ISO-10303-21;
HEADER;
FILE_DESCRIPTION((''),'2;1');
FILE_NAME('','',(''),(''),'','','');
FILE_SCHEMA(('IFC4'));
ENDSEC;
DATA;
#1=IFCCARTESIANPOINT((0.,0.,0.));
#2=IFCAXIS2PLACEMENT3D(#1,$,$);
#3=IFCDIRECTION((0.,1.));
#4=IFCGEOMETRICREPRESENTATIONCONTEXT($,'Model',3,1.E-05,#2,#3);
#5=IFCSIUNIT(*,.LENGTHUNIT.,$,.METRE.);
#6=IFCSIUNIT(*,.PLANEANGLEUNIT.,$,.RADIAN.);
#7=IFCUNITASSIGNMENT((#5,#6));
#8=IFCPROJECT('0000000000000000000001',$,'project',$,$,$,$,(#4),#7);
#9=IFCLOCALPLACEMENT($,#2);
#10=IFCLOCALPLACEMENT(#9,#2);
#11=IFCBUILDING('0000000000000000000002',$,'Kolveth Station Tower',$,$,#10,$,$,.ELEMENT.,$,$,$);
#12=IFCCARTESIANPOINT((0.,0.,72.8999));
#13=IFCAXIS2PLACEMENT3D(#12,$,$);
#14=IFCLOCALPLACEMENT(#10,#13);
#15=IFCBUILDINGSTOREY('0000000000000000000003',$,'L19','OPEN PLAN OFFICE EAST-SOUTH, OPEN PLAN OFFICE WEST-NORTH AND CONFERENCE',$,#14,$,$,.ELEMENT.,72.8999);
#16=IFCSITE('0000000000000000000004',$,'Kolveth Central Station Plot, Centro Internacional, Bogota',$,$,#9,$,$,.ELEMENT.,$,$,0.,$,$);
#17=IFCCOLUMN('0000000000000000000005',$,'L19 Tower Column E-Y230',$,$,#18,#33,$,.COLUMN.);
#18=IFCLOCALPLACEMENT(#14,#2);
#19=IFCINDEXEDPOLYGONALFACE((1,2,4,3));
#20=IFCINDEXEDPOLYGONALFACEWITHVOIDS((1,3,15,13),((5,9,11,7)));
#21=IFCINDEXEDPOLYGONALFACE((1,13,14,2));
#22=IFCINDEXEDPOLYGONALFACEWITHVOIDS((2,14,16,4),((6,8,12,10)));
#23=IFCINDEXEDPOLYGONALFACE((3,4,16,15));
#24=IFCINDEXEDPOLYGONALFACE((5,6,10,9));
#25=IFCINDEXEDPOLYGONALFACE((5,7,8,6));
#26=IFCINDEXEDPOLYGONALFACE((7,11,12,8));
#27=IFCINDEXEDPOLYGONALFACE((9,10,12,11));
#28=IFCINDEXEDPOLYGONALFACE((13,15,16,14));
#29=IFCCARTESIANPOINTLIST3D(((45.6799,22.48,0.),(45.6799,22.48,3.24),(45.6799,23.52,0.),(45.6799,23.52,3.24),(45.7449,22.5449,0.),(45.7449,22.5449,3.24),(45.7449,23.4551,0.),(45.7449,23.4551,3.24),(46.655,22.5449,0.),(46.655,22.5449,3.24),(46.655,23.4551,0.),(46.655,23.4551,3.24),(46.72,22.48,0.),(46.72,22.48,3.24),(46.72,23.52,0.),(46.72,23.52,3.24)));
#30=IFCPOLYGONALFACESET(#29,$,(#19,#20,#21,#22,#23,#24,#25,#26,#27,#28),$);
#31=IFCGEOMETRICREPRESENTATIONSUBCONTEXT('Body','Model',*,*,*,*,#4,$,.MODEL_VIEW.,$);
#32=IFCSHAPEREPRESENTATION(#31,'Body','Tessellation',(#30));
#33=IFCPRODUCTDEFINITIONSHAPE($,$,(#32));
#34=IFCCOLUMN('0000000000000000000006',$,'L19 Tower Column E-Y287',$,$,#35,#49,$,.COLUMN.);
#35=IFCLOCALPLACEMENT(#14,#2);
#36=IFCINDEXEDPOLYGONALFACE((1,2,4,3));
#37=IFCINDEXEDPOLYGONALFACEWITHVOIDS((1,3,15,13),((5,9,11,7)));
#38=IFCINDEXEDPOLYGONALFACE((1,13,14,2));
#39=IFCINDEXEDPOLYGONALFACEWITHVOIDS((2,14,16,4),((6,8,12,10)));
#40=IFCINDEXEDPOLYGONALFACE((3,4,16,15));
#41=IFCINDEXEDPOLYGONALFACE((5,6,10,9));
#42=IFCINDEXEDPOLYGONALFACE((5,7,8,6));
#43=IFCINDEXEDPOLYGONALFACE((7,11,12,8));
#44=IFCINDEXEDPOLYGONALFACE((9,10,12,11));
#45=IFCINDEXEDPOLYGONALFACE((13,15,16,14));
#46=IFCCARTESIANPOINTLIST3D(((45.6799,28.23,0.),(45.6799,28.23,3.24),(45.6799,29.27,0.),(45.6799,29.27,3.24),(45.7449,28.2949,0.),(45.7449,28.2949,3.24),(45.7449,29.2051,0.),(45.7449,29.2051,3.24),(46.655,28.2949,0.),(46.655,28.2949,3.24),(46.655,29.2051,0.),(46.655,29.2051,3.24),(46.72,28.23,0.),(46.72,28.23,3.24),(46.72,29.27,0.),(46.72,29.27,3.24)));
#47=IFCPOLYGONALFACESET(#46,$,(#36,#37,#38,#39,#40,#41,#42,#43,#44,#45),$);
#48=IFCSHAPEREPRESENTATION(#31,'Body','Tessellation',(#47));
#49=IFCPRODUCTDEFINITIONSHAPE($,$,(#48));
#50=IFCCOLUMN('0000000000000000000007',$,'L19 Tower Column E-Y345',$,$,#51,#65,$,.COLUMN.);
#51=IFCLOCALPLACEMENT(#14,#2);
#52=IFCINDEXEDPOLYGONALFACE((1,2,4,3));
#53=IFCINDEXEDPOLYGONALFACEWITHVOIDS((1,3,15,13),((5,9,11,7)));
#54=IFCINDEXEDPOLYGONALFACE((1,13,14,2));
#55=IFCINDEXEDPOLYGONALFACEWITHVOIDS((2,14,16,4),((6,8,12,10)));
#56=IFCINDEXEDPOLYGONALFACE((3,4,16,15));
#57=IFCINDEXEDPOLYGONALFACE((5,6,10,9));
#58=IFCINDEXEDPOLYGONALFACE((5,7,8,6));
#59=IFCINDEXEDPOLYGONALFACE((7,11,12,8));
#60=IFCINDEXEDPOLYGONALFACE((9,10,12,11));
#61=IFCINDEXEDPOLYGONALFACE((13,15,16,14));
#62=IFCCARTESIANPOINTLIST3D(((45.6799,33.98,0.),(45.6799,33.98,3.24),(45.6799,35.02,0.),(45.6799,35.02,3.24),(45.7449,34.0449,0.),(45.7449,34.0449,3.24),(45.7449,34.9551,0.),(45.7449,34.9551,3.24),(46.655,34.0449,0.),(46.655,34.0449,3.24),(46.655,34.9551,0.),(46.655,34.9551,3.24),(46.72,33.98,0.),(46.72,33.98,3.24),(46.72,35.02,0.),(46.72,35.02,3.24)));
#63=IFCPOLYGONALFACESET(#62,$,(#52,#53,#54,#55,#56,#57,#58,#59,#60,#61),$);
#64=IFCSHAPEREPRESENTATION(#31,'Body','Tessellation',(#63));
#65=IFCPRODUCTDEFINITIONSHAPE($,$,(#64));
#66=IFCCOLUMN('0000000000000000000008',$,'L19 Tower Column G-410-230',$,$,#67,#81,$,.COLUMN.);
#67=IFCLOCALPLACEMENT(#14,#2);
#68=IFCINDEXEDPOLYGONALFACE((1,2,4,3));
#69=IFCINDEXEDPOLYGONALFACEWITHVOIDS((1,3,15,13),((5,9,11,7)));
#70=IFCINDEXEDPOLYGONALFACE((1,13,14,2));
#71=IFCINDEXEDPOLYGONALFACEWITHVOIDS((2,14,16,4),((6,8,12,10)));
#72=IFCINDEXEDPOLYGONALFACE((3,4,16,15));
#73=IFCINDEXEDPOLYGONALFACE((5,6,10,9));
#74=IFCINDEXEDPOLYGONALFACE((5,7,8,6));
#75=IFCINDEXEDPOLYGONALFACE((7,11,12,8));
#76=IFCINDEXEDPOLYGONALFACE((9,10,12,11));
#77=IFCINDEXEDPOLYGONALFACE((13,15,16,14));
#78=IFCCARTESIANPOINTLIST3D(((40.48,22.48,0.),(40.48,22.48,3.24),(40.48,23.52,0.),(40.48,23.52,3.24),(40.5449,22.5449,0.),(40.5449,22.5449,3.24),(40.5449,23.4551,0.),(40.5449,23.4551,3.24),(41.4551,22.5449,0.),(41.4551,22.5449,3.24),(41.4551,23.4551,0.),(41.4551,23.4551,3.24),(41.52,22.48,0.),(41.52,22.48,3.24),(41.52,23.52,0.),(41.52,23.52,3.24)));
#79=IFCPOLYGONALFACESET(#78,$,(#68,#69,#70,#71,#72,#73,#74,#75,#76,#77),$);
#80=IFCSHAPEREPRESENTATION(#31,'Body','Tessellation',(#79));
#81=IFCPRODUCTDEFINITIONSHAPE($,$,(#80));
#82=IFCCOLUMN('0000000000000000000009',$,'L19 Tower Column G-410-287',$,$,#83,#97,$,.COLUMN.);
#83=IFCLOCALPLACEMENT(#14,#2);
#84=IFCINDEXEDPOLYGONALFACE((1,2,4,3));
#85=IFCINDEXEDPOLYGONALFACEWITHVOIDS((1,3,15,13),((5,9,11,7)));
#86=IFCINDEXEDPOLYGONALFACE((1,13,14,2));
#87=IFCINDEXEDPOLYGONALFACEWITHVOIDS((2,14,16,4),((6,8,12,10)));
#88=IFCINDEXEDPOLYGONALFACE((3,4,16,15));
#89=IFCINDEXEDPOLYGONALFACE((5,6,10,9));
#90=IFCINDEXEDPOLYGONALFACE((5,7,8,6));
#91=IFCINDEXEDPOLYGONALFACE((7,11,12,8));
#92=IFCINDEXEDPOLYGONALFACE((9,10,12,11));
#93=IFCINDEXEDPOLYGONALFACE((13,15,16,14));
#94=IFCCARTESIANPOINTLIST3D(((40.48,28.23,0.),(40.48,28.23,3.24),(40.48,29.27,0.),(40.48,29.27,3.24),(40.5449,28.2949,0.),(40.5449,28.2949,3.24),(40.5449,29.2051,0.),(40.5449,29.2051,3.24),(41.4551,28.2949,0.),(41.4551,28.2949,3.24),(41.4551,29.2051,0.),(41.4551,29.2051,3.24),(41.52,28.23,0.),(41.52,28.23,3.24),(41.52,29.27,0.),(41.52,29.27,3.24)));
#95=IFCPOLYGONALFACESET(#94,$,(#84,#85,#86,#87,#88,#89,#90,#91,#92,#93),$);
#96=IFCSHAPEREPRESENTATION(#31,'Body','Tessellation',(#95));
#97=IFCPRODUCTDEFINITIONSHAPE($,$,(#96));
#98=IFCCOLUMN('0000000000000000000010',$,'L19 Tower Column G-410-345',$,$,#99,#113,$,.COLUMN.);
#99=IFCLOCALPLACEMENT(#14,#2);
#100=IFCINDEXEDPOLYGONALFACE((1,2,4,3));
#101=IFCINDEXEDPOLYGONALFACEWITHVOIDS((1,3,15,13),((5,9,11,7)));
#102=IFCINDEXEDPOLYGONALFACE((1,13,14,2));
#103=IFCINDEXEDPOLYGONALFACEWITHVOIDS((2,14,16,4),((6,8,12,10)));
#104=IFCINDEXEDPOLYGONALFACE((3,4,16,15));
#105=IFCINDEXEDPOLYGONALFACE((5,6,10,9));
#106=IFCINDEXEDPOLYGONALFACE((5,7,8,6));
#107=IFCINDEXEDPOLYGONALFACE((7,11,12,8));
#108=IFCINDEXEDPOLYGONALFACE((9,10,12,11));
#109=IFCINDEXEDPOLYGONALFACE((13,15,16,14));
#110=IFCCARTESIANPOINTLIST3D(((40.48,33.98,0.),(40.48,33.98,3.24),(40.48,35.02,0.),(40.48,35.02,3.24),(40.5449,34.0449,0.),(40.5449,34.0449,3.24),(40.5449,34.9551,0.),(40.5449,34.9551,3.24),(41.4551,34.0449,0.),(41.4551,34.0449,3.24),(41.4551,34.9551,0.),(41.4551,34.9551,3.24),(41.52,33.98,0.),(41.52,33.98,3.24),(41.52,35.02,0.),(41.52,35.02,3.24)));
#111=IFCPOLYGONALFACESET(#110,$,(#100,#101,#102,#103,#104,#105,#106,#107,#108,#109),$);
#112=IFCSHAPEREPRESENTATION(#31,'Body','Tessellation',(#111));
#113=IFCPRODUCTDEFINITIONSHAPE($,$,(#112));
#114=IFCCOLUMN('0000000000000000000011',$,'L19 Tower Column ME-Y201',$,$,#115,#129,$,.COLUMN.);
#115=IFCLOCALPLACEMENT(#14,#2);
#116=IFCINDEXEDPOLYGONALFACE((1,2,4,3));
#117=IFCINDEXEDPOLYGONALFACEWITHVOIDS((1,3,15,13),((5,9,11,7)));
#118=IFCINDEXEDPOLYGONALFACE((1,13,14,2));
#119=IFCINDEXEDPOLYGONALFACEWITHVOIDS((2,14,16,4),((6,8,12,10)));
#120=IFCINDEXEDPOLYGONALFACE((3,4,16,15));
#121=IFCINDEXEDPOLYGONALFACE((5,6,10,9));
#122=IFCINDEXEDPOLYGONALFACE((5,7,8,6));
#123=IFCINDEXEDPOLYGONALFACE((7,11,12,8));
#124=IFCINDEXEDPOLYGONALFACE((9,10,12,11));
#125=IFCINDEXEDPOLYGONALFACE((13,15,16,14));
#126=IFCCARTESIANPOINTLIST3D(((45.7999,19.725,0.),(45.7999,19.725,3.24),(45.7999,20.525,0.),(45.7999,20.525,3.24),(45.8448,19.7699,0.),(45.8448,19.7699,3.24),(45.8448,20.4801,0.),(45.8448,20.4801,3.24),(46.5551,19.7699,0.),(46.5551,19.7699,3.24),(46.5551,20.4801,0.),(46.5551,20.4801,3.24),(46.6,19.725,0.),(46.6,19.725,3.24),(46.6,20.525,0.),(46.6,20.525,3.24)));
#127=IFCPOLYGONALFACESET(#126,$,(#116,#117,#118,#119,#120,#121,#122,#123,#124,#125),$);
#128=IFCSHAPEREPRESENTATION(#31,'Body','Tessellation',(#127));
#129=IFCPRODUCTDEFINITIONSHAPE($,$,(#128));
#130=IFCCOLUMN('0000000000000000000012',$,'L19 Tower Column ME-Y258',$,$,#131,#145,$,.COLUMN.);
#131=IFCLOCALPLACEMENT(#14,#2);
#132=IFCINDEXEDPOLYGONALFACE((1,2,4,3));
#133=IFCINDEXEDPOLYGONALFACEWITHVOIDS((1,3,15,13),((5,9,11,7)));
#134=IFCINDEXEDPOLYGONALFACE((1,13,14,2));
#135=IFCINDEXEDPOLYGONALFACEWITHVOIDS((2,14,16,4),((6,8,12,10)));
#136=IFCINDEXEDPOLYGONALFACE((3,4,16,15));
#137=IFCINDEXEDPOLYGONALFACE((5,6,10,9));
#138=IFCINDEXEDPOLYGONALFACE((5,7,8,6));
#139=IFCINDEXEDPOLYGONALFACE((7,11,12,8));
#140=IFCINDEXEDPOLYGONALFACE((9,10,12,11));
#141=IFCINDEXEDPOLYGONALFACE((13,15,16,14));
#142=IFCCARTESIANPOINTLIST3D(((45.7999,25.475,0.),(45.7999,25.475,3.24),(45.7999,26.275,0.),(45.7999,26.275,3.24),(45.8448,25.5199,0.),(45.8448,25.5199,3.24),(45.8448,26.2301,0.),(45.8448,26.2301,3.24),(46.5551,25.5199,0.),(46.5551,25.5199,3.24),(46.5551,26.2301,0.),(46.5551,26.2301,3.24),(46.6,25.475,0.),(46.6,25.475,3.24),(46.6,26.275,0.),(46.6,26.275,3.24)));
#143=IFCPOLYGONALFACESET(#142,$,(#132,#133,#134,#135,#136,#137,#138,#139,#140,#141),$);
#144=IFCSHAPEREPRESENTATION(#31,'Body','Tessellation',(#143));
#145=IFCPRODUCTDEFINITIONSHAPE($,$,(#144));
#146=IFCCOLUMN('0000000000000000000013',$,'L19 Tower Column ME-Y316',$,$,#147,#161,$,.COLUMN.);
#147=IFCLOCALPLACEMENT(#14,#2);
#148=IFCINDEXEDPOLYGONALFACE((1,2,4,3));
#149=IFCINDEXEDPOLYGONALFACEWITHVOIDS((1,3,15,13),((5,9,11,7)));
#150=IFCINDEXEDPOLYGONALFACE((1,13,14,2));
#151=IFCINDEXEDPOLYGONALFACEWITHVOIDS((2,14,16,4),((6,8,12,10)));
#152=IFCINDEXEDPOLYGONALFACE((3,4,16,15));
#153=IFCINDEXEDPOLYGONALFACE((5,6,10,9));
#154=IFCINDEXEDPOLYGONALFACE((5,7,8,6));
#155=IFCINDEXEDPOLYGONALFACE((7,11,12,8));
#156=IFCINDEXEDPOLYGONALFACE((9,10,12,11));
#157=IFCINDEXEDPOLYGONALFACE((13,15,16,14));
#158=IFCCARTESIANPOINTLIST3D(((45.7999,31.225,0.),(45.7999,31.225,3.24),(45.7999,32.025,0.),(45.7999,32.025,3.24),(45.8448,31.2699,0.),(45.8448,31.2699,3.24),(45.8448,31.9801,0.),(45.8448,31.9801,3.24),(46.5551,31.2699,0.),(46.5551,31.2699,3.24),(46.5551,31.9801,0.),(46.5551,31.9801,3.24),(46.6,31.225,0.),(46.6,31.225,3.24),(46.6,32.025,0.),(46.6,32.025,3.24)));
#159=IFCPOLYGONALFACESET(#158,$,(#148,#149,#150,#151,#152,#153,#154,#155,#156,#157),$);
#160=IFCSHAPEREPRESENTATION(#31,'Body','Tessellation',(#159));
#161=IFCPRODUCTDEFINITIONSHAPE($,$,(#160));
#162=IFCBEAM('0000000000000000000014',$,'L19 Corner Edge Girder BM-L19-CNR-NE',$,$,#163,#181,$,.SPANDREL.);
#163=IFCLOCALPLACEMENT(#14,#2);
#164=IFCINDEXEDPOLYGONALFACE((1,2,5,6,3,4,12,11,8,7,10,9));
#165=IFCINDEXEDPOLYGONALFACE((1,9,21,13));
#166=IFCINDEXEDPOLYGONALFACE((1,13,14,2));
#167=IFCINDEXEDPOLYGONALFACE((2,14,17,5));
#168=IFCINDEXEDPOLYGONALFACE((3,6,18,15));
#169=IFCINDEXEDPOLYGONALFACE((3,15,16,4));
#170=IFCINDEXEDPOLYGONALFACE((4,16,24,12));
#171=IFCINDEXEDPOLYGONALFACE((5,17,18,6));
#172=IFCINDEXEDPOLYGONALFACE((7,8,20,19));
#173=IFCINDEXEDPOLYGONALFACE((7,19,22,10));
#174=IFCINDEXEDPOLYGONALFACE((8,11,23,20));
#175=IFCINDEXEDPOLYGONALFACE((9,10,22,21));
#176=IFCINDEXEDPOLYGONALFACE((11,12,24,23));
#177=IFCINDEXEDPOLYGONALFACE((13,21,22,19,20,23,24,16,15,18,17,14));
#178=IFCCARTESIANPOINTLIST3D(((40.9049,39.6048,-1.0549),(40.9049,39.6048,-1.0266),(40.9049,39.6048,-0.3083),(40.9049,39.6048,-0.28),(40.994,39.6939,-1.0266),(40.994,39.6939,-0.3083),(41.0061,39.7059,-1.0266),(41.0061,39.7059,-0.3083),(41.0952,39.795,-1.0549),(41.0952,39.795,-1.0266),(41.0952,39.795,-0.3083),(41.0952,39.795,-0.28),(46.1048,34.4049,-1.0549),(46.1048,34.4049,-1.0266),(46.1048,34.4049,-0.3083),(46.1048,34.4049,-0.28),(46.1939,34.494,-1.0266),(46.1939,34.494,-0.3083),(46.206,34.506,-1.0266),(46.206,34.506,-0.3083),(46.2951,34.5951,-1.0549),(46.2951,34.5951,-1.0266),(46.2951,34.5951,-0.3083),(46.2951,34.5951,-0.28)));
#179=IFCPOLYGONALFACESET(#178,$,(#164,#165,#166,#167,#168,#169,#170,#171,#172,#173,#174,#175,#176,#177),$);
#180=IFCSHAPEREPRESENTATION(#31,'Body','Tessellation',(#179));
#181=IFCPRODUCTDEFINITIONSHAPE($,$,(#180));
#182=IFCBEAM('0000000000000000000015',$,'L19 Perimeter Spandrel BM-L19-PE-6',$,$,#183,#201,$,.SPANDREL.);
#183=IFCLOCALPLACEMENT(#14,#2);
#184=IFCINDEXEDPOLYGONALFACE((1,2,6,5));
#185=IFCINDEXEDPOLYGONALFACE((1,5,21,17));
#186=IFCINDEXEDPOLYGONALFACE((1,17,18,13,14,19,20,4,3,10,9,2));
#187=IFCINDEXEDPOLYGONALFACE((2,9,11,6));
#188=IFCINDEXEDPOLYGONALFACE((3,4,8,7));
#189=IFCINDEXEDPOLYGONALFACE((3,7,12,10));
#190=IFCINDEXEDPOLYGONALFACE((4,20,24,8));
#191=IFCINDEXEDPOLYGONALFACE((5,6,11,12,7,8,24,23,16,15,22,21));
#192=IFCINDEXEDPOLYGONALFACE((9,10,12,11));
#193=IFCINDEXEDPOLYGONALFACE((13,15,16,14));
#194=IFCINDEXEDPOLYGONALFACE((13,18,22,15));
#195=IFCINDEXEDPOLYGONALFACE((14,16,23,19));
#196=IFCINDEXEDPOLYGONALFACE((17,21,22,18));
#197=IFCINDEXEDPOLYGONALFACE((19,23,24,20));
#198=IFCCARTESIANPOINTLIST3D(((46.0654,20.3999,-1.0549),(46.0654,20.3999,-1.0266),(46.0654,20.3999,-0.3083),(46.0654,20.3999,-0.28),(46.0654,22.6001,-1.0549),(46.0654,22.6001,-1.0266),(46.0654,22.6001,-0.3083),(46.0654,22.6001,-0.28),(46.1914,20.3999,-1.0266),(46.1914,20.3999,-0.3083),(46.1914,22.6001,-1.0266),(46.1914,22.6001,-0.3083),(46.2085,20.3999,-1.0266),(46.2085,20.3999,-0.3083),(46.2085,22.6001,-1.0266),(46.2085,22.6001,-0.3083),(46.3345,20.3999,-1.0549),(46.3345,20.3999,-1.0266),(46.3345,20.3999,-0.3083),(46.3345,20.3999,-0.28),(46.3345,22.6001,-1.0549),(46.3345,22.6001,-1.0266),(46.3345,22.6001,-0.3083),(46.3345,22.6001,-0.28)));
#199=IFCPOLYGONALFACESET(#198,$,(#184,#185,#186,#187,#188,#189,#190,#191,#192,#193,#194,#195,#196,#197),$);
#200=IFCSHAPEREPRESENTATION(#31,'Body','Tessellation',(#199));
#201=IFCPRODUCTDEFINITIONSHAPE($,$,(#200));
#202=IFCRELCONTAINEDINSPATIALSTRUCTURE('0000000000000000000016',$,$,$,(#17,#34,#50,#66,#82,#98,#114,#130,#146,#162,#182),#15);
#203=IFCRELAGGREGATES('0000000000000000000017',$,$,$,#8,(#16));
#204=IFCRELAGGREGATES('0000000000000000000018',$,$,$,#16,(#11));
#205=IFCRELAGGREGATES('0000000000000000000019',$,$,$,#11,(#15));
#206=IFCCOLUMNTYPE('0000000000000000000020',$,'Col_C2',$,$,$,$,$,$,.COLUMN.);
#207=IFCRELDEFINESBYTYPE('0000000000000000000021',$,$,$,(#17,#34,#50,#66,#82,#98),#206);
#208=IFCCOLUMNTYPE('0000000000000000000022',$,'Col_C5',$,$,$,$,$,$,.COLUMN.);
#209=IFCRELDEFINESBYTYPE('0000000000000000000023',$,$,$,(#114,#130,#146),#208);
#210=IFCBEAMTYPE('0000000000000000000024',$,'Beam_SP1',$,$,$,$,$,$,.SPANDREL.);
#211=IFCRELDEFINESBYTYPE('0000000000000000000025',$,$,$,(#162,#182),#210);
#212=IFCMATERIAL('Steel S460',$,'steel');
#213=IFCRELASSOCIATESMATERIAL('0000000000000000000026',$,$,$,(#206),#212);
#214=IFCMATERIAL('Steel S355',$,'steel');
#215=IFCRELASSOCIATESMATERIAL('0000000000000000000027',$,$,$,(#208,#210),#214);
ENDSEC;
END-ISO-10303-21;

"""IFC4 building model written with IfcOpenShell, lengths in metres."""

from ifc_helpers import new_model, si_unit, direction, frame, origin, origin_2d, place, context, subcontext, project, spatial, hollow_rectangle, i_section, extrude, source, transform, mapped, material, material_profile, profile_set, type_object, element, save


model = new_model("IFC4")

# Units and contexts
model_context = context("Model", 3, precision=1e-05, world=origin(), true_north=direction((0.0, 1.0)))
body_context = subcontext(model_context, "Body", "Model", "MODEL_VIEW")
ifc_project = project(units=[si_unit("LENGTHUNIT", "METRE"), si_unit("PLANEANGLEUNIT", "RADIAN")], contexts=[model_context])

# Site, building, storey
site_placement = place(None, origin())
site = spatial("IfcSite", under=ifc_project, at=site_placement, Name="Kolveth Central Station Plot, Centro Internacional, Bogota", CompositionType="ELEMENT", RefElevation=0.0)
building_placement = place(site_placement, origin())
building = spatial("IfcBuilding", under=site, at=building_placement, Name="Kolveth Station Tower", CompositionType="ELEMENT")
storey_placement = place(building_placement, frame((0.0, 0.0, 72.8999)))
storey = spatial("IfcBuildingStorey", under=building, at=storey_placement, Name="L19", Description="OPEN PLAN OFFICE EAST-SOUTH, OPEN PLAN OFFICE WEST-NORTH AND CONFERENCE", CompositionType="ELEMENT", Elevation=72.8999)

# Columns
ifc_material_1 = material(Name="Steel S460", Category="steel")
ifc_material_profile_1 = material_profile(ifc_material_1, hollow_rectangle(XDim=1.04, YDim=1.04, WallThickness=0.0649, at=origin_2d()), Name="BOX1040x1040x65")
ifc_profile_set_1 = profile_set([ifc_material_profile_1], Name="Steel S460")
column_type_1 = type_object("IfcColumnType", Name="Col_C2", PredefinedType="COLUMN", material=ifc_profile_set_1)
shared_shape_1 = source(origin(), body_context, "Body", "SweptSolid", [
    extrude(hollow_rectangle(XDim=1.04, YDim=1.04, WallThickness=0.0649, at=origin_2d()), origin(), (0.0, 0.0, 1.0), 3.24),
])
for number, where, z_axis, x_axis, name in (
    (1, (46.2, 23.0, 0.0), (0.0, 0.0, 1.0), (1.0, 0.0, 0.0), "L19 Tower Column E-Y230"),
    (2, (46.2, 28.75, 0.0), (0.0, 0.0, 1.0), (1.0, 0.0, 0.0), "L19 Tower Column E-Y287"),
    (3, (46.2, 34.5, 0.0), (0.0, 0.0, 1.0), (1.0, 0.0, 0.0), "L19 Tower Column E-Y345"),
    (4, (41.0, 23.0, 0.0), (0.0, 0.0, 1.0), (1.0, 0.0, 0.0), "L19 Tower Column G-410-230"),
    (5, (41.0, 28.75, 0.0), (0.0, 0.0, 1.0), (1.0, 0.0, 0.0), "L19 Tower Column G-410-287"),
    (6, (41.0, 34.5, 0.0), (0.0, 0.0, 1.0), (1.0, 0.0, 0.0), "L19 Tower Column G-410-345"),
):
    element("IfcColumn", number, at=place(storey_placement, frame(where, z_axis=z_axis, x_axis=x_axis)), inside=storey, type_object=column_type_1, Name=name, PredefinedType="COLUMN", context=body_context, shape_type="MappedRepresentation", body=[
        mapped(shared_shape_1, transform((0.0, 0.0, 0.0), x_axis=(1.0, 0.0, 0.0), y_axis=(0.0, 1.0, 0.0), z_axis=(0.0, 0.0, 1.0), scale=1.0)),
    ])
ifc_material_2 = material(Name="Steel S355", Category="steel")
ifc_material_profile_2 = material_profile(ifc_material_2, hollow_rectangle(XDim=0.8, YDim=0.8, WallThickness=0.0449, at=origin_2d()), Name="BOX800x800x45")
ifc_profile_set_2 = profile_set([ifc_material_profile_2], Name="Steel S355")
column_type_2 = type_object("IfcColumnType", Name="Col_C5", PredefinedType="COLUMN", material=ifc_profile_set_2)
shared_shape_2 = source(origin(), body_context, "Body", "SweptSolid", [
    extrude(hollow_rectangle(XDim=0.8, YDim=0.8, WallThickness=0.0449, at=origin_2d()), origin(), (0.0, 0.0, 1.0), 3.24),
])
for number, where, z_axis, x_axis, name in (
    (7, (46.2, 20.125, 0.0), (0.0, 0.0, 1.0), (1.0, 0.0, 0.0), "L19 Tower Column ME-Y201"),
    (8, (46.2, 25.875, 0.0), (0.0, 0.0, 1.0), (1.0, 0.0, 0.0), "L19 Tower Column ME-Y258"),
    (9, (46.2, 31.625, 0.0), (0.0, 0.0, 1.0), (1.0, 0.0, 0.0), "L19 Tower Column ME-Y316"),
):
    element("IfcColumn", number, at=place(storey_placement, frame(where, z_axis=z_axis, x_axis=x_axis)), inside=storey, type_object=column_type_2, Name=name, PredefinedType="COLUMN", context=body_context, shape_type="MappedRepresentation", body=[
        mapped(shared_shape_2, transform((0.0, 0.0, 0.0), x_axis=(1.0, 0.0, 0.0), y_axis=(0.0, 1.0, 0.0), z_axis=(0.0, 0.0, 1.0), scale=1.0)),
    ])

# Beams
ifc_material_profile_3 = material_profile(ifc_material_2, i_section(OverallWidth=0.269, OverallDepth=0.7749, WebThickness=0.0171, FlangeThickness=0.0283, at=origin_2d()), Name="W760x220")
ifc_profile_set_3 = profile_set([ifc_material_profile_3], Name="Steel S355")
beam_type_1 = type_object("IfcBeamType", Name="Beam_SP1", PredefinedType="SPANDREL", material=ifc_profile_set_3)
shared_shape_3 = source(origin(), body_context, "Body", "SweptSolid", [
    extrude(i_section(OverallWidth=0.269, OverallDepth=0.7749, WebThickness=0.0171, FlangeThickness=0.0283, at=origin_2d()), origin(), (0.0, 0.0, 1.0), 7.3538),
])
beam_placement = place(storey_placement, frame((46.2, 34.5, -0.6675), z_axis=(-0.707107, 0.707107, 0.0), x_axis=(-0.707107, -0.707107, 0.0)))
element("IfcBeam", 10, at=beam_placement, inside=storey, type_object=beam_type_1, Name="L19 Corner Edge Girder BM-L19-CNR-NE", PredefinedType="SPANDREL", context=body_context, shape_type="MappedRepresentation", body=[
    mapped(shared_shape_3, transform((0.0, 0.0, 0.0), x_axis=(1.0, 0.0, 0.0), y_axis=(0.0, 1.0, 0.0), z_axis=(0.0, 0.0, 1.0), scale=1.0)),
])
shared_shape_4 = source(origin(), body_context, "Body", "SweptSolid", [
    extrude(i_section(OverallWidth=0.269, OverallDepth=0.7749, WebThickness=0.0171, FlangeThickness=0.0283, at=origin_2d()), origin(), (0.0, 0.0, 1.0), 2.2002),
])
for number, where, z_axis, x_axis, name in (
    (11, (46.2, 20.3999, -0.6675), (0.0, 1.0, 0.0), (-1.0, 0.0, 0.0), "L19 Perimeter Spandrel BM-L19-PE-6"),
):
    element("IfcBeam", number, at=place(storey_placement, frame(where, z_axis=z_axis, x_axis=x_axis)), inside=storey, type_object=beam_type_1, Name=name, PredefinedType="SPANDREL", context=body_context, shape_type="MappedRepresentation", body=[
        mapped(shared_shape_4, transform((0.0, 0.0, 0.0), x_axis=(1.0, 0.0, 0.0), y_axis=(0.0, 1.0, 0.0), z_axis=(0.0, 0.0, 1.0), scale=1.0)),
    ])

save(model, "model.ifc")
